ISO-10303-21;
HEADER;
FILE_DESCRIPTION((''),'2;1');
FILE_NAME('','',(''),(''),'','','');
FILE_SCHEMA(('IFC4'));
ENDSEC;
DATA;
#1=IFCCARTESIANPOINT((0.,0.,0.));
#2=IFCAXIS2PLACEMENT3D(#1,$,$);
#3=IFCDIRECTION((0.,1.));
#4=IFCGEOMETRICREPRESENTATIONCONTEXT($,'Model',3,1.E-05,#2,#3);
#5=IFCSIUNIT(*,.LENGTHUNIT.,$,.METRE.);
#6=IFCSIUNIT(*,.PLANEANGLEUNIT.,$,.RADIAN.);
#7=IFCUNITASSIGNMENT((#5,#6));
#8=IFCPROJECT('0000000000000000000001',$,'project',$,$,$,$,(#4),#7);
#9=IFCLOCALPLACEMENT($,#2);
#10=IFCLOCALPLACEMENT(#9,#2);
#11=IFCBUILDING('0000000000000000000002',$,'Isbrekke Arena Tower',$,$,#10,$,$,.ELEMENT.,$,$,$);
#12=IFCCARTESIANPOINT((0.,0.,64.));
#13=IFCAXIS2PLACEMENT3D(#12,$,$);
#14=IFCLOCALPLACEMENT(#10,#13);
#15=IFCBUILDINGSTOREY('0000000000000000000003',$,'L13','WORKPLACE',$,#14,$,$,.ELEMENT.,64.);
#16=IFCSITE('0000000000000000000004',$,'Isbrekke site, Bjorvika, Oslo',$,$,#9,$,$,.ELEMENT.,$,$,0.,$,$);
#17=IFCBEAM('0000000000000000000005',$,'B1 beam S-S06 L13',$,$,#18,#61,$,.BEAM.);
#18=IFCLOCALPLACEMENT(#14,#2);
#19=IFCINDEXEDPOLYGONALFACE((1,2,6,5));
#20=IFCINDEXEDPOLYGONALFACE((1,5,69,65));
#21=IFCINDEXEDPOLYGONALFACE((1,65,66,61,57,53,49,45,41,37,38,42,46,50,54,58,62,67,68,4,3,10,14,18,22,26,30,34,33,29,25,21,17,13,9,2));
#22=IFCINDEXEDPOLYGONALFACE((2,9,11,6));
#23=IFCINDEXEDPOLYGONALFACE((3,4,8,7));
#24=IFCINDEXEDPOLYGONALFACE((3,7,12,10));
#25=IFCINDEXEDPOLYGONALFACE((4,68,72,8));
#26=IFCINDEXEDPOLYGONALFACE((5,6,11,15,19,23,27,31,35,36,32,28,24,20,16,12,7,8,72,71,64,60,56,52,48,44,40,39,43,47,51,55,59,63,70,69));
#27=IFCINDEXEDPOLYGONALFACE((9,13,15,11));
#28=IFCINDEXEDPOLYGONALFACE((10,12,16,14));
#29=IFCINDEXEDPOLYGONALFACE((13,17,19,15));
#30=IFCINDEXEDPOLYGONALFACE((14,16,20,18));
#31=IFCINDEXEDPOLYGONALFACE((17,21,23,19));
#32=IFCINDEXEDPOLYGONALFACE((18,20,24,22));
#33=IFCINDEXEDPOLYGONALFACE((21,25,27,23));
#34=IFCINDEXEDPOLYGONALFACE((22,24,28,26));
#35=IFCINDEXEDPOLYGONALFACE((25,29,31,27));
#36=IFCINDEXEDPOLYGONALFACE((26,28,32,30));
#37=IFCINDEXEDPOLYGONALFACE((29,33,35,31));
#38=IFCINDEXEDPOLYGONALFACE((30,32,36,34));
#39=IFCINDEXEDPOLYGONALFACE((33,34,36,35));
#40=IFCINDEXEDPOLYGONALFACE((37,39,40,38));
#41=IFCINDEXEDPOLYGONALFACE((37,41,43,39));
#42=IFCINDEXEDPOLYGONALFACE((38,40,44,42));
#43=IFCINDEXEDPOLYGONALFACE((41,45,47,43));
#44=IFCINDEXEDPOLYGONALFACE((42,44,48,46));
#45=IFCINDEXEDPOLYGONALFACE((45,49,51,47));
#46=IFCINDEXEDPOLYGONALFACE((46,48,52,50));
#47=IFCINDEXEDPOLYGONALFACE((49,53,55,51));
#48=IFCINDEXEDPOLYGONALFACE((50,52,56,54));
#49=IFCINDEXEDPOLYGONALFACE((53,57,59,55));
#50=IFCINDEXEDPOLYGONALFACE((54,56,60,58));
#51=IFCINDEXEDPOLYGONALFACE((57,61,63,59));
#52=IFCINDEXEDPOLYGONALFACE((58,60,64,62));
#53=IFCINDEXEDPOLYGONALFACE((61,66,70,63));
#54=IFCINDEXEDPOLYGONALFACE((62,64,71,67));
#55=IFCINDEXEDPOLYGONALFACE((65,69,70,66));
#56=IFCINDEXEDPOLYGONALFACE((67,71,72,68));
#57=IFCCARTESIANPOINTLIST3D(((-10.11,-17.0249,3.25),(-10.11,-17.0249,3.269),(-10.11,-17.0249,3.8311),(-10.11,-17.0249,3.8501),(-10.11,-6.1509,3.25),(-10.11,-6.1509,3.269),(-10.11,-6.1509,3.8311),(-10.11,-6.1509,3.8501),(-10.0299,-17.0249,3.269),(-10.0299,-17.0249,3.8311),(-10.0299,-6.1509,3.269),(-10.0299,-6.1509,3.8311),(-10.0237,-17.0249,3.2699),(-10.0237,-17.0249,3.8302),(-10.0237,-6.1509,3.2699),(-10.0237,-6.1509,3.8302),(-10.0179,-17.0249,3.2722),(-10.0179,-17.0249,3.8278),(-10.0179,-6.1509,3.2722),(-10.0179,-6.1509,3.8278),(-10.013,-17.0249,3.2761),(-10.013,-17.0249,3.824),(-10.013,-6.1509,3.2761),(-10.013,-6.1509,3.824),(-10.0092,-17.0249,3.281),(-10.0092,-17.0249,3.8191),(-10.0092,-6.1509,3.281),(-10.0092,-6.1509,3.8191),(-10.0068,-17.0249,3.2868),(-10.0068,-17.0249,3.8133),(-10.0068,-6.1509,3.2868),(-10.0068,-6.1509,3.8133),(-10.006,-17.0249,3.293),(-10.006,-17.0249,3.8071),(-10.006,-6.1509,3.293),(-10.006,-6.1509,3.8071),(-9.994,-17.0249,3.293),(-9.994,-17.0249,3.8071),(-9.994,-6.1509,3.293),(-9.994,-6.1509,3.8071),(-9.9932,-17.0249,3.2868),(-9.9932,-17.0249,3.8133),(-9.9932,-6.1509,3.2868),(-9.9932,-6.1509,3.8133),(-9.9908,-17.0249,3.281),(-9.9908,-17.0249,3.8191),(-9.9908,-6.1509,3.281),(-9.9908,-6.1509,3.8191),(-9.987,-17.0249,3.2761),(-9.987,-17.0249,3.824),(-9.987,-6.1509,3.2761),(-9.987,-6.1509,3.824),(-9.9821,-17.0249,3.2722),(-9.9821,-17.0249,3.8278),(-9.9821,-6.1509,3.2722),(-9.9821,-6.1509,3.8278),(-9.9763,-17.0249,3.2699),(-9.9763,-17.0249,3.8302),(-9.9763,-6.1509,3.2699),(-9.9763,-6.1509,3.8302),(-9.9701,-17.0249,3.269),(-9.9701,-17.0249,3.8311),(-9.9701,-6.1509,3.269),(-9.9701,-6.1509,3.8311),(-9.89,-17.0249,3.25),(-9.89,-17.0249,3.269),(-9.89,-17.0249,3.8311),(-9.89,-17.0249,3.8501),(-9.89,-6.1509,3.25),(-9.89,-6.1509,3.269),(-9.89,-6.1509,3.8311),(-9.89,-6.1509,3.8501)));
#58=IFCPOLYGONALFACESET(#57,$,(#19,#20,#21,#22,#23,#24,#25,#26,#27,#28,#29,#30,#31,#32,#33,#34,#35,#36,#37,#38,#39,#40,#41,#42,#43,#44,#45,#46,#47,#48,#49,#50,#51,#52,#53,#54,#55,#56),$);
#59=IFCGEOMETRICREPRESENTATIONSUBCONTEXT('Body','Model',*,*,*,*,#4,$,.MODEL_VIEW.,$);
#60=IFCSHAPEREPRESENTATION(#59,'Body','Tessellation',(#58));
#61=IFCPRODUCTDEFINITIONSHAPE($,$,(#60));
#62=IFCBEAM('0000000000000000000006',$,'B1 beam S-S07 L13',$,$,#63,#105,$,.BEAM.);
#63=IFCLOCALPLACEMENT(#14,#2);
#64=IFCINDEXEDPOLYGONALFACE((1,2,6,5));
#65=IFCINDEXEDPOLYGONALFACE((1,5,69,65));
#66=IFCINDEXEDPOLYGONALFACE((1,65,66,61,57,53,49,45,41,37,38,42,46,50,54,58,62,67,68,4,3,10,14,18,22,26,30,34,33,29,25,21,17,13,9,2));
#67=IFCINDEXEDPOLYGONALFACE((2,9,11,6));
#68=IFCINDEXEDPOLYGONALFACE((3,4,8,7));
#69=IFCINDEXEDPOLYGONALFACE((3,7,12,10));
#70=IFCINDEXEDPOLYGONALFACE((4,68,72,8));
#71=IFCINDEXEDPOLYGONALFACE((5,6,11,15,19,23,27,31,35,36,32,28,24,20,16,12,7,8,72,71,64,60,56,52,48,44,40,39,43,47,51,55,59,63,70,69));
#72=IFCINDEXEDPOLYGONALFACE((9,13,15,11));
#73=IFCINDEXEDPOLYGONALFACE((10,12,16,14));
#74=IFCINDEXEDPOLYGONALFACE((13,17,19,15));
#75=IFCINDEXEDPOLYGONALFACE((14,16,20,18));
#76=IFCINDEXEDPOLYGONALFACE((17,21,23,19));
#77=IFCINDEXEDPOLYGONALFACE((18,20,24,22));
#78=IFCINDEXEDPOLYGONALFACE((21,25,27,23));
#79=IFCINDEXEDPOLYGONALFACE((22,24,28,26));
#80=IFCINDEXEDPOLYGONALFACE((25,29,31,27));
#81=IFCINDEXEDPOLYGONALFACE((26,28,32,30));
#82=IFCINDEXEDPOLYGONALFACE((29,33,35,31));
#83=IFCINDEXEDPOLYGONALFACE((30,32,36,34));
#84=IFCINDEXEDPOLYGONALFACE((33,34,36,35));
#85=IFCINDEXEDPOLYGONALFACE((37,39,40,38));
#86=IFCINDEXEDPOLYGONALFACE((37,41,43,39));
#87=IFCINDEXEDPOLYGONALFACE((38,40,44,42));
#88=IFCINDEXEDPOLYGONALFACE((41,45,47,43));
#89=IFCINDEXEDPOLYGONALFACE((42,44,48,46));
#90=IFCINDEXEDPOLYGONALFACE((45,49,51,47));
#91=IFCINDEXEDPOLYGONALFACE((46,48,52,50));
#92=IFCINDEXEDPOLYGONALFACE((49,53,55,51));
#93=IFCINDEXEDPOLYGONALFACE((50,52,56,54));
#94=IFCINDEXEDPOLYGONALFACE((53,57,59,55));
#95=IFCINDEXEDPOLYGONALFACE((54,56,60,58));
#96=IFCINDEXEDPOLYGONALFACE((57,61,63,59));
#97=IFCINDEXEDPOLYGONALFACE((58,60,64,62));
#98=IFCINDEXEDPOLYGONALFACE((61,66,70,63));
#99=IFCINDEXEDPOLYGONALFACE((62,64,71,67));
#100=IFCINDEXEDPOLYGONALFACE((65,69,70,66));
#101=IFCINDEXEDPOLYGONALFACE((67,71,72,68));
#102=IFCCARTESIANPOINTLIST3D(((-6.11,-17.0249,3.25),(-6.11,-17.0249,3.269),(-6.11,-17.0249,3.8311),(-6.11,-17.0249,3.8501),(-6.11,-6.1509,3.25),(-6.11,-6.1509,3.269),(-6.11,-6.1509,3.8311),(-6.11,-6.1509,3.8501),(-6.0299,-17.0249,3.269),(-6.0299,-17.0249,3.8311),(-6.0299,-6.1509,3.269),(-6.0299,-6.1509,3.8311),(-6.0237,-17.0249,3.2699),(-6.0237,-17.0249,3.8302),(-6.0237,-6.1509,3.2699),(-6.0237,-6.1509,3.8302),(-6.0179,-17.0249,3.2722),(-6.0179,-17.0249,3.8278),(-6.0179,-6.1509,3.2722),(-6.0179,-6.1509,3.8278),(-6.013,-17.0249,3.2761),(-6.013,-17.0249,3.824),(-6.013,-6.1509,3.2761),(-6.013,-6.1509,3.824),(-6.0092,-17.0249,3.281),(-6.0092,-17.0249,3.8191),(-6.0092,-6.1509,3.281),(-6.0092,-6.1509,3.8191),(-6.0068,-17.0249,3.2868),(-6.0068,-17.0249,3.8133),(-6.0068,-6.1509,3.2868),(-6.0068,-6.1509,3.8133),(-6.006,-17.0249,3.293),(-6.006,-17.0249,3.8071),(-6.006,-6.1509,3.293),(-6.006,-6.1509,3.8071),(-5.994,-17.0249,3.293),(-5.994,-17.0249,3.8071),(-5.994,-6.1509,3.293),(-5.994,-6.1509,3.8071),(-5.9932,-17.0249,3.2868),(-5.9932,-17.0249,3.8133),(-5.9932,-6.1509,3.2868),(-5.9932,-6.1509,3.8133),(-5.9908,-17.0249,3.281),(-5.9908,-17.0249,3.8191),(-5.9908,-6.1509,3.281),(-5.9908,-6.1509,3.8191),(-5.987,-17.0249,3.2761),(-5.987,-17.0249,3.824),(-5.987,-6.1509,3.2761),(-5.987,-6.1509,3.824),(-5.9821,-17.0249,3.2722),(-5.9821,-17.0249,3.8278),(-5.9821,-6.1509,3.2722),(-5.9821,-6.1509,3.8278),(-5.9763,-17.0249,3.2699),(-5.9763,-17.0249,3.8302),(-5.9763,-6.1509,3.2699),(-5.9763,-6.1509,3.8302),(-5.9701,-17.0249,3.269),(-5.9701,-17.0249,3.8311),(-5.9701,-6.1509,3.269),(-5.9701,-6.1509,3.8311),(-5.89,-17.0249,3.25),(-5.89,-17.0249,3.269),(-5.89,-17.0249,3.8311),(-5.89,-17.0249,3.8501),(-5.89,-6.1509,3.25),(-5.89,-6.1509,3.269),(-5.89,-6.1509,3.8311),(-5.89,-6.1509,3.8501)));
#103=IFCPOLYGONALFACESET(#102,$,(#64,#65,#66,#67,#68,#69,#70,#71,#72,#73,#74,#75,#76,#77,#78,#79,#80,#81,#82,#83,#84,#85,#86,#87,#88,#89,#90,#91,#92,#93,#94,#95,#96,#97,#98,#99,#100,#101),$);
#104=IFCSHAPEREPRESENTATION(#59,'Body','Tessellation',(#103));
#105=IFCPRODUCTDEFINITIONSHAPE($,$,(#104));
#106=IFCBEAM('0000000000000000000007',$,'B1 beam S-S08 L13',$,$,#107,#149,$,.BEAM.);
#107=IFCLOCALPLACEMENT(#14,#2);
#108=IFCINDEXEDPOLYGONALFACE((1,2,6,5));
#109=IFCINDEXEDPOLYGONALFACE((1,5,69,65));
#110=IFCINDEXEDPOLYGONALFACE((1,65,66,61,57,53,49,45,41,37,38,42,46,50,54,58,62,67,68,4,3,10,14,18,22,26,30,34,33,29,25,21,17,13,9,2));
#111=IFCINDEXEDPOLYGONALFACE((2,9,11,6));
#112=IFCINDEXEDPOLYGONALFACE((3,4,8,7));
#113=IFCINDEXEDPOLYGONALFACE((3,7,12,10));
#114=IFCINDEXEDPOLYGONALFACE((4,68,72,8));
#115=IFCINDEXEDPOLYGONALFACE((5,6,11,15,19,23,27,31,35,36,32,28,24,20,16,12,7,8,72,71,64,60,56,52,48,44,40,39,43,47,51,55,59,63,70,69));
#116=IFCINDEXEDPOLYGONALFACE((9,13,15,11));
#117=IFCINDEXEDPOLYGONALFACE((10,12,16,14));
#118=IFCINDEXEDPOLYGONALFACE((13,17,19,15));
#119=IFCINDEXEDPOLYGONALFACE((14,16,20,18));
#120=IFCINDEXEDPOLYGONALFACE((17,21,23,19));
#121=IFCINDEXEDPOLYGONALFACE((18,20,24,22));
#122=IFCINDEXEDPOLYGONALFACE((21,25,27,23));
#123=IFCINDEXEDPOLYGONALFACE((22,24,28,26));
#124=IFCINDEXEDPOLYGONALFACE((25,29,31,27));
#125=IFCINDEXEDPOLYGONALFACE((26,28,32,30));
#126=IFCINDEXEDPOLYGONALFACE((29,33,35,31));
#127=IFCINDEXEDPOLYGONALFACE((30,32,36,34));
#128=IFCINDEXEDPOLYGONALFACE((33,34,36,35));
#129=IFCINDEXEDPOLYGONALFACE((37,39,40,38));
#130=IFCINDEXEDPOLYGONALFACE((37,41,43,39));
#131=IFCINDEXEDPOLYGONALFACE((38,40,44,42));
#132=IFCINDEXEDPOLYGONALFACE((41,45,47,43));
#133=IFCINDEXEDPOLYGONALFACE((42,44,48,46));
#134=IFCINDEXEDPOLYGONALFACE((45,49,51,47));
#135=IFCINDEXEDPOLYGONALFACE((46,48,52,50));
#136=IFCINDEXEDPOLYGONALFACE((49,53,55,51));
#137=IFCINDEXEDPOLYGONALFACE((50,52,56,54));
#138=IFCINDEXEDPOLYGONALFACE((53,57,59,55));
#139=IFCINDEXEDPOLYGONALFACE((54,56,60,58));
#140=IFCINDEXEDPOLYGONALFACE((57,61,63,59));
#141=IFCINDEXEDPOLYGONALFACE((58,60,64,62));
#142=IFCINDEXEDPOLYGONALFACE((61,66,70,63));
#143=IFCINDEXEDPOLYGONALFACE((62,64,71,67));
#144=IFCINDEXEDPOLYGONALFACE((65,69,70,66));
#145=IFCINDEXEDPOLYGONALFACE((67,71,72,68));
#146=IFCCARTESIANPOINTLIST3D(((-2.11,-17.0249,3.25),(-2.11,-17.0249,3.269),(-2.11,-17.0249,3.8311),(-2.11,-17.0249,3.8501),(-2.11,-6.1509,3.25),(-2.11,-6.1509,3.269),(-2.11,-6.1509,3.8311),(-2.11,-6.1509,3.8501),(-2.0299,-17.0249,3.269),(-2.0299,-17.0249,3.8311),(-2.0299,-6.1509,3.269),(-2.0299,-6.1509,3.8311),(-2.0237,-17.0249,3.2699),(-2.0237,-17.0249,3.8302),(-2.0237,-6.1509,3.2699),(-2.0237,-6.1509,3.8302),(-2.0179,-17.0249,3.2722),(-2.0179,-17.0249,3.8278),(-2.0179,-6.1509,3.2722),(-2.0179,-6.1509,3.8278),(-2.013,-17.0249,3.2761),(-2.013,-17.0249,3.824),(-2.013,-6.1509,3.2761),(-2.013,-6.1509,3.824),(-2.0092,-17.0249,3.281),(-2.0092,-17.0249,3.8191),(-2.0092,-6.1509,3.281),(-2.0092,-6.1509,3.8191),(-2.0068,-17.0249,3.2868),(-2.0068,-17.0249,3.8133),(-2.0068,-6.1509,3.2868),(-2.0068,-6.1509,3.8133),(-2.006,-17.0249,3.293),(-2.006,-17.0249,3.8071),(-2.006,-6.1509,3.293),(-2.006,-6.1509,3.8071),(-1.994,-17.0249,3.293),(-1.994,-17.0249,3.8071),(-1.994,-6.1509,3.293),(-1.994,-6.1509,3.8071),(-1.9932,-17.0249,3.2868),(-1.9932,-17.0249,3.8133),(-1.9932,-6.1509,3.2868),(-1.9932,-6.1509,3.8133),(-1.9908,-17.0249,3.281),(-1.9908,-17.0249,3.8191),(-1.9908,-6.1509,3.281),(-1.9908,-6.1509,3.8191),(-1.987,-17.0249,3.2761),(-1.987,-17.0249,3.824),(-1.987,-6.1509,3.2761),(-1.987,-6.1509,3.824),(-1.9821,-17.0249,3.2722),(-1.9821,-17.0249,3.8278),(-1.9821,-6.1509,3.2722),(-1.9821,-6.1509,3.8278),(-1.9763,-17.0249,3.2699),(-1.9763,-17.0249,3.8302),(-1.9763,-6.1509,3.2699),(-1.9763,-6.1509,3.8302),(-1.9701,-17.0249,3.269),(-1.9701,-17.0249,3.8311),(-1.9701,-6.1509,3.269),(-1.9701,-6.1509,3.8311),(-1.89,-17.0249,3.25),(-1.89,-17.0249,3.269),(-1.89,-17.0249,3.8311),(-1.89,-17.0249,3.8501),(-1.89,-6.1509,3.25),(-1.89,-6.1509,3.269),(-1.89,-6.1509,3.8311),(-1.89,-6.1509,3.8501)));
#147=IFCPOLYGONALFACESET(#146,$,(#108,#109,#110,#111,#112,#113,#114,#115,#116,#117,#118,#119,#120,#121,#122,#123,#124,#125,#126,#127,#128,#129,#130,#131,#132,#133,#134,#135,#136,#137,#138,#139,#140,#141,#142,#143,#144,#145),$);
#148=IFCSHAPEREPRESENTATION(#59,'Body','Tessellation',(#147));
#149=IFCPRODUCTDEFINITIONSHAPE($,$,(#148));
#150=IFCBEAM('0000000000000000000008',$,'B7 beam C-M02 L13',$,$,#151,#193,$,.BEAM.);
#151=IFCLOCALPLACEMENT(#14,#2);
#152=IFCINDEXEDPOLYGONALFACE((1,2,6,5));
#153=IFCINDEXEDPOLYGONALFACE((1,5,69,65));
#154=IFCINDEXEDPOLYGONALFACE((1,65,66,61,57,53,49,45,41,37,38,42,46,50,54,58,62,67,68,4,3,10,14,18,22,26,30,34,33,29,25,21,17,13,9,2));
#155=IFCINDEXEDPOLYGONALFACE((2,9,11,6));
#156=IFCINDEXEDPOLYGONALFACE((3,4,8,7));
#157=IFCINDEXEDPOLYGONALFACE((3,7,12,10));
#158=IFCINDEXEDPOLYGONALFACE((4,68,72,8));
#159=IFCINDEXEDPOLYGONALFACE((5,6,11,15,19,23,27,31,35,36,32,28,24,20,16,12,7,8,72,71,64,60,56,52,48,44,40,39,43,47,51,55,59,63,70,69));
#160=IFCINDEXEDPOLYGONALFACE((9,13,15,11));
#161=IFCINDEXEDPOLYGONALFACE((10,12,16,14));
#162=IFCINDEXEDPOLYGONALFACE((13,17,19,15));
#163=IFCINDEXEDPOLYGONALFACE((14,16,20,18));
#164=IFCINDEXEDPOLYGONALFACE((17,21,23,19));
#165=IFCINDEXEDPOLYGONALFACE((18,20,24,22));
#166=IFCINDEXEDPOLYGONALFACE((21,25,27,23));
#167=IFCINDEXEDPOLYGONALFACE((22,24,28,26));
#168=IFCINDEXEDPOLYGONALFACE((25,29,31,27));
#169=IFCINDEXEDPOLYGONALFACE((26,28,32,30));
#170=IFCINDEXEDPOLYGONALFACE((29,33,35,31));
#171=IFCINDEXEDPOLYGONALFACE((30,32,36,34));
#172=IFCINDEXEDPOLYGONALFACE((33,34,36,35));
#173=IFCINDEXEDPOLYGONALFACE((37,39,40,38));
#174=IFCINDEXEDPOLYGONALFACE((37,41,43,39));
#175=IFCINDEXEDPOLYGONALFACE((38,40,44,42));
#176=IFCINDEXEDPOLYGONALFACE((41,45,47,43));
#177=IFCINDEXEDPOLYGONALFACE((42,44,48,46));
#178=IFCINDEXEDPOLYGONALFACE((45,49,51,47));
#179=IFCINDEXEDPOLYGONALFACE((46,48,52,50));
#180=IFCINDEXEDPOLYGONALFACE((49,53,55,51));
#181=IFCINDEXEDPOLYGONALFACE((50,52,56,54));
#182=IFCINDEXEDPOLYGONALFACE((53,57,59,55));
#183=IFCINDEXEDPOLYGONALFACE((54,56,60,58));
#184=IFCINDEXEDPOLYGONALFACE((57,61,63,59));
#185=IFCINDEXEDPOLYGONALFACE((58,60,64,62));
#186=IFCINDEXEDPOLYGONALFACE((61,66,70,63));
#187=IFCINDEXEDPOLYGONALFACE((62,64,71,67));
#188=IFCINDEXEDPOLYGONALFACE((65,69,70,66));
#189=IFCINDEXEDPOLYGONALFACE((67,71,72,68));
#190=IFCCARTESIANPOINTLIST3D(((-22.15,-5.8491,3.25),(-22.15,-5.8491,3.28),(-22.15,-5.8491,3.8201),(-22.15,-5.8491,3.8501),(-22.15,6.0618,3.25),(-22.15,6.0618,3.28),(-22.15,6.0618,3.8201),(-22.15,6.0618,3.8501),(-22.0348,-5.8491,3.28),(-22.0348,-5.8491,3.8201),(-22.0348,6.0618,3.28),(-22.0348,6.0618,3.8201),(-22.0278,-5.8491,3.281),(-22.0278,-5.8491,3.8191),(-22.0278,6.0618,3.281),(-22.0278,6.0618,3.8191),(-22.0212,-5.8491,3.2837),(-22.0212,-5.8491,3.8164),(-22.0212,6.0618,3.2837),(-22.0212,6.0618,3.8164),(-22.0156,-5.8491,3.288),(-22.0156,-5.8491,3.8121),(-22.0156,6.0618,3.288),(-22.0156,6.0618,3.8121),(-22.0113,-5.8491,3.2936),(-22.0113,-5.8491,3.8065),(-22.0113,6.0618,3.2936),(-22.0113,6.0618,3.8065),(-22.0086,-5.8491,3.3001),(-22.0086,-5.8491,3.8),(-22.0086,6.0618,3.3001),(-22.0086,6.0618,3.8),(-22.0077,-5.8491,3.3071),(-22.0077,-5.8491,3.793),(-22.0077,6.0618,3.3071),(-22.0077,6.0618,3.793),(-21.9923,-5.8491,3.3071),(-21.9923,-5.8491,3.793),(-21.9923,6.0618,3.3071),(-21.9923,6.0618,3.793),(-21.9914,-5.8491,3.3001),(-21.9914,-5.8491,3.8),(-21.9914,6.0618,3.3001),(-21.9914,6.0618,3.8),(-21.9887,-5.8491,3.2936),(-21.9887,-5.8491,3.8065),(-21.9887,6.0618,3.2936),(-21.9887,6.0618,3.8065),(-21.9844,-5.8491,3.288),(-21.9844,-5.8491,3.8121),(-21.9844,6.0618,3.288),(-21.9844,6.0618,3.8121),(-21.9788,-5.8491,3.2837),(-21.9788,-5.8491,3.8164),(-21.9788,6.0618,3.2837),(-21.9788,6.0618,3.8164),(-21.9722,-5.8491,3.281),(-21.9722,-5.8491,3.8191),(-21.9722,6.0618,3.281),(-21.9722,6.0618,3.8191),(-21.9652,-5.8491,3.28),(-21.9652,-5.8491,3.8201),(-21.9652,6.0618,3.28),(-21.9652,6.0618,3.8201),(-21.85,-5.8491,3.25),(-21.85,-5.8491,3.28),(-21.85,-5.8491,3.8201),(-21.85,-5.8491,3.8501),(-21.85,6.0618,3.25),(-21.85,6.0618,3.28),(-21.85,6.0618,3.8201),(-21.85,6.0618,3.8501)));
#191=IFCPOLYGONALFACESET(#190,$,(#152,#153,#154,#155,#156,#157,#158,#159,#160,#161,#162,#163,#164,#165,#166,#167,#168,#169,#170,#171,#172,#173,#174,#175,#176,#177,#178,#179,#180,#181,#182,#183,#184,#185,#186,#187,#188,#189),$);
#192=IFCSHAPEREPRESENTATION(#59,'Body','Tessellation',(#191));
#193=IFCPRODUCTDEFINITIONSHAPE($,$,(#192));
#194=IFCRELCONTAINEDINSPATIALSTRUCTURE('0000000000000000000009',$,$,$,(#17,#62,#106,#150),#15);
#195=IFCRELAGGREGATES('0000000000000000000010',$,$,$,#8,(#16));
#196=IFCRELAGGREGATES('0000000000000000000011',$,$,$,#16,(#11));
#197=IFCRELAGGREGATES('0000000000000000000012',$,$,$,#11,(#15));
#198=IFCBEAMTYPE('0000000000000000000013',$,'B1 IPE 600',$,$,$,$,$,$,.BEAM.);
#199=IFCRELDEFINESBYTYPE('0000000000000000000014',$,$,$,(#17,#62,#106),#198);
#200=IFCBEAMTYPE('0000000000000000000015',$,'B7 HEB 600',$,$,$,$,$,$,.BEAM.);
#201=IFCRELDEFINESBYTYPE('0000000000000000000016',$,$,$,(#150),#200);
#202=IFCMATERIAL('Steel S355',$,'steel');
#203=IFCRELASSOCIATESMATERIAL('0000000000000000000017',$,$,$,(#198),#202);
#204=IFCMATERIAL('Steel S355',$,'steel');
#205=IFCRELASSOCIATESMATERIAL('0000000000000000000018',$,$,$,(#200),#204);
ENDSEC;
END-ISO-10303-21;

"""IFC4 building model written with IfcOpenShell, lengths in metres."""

from ifc_helpers import new_model, si_unit, direction, frame, origin, origin_2d, place, context, subcontext, project, spatial, i_section, extrude, material, material_profile, profile_set, type_object, element, save


model = new_model("IFC4")

# Units and contexts
model_context = context("Model", 3, precision=1e-05, world=origin(), true_north=direction((0.0, 1.0)))
body_context = subcontext(model_context, "Body", "Model", "MODEL_VIEW")
ifc_project = project(units=[si_unit("LENGTHUNIT", "METRE"), si_unit("PLANEANGLEUNIT", "RADIAN")], contexts=[model_context])

# Site, building, storey
site_placement = place(None, origin())
site = spatial("IfcSite", under=ifc_project, at=site_placement, Name="Isbrekke site, Bjorvika, Oslo", CompositionType="ELEMENT", RefElevation=0.0)
building_placement = place(site_placement, origin())
building = spatial("IfcBuilding", under=site, at=building_placement, Name="Isbrekke Arena Tower", CompositionType="ELEMENT")
storey_placement = place(building_placement, frame((0.0, 0.0, 64.0)))
storey = spatial("IfcBuildingStorey", under=building, at=storey_placement, Name="L13", Description="WORKPLACE", CompositionType="ELEMENT", Elevation=64.0)

# Beams
ifc_material_1 = material(Name="Steel S355", Category="steel")
ifc_material_profile_1 = material_profile(ifc_material_1, i_section(OverallWidth=0.22, OverallDepth=0.6001, WebThickness=0.012, FlangeThickness=0.019, FilletRadius=0.0239, at=origin_2d()), Name="IPE 600")
ifc_profile_set_1 = profile_set([ifc_material_profile_1], Name="Steel S355")
beam_type_1 = type_object("IfcBeamType", Name="B1 IPE 600", PredefinedType="BEAM", material=ifc_profile_set_1)
for number, where, z_axis, x_axis, name in (
    (1, (-10.0, -17.0249, 3.55), (0.0, 1.0, 0.0), (-1.0, 0.0, 0.0), "B1 beam S-S06 L13"),
    (2, (-6.0, -17.0249, 3.55), (0.0, 1.0, 0.0), (-1.0, 0.0, 0.0), "B1 beam S-S07 L13"),
    (3, (-2.0, -17.0249, 3.55), (0.0, 1.0, 0.0), (-1.0, 0.0, 0.0), "B1 beam S-S08 L13"),
):
    element("IfcBeam", number, at=place(storey_placement, frame(where, z_axis=z_axis, x_axis=x_axis)), inside=storey, type_object=beam_type_1, Name=name, PredefinedType="BEAM", context=body_context, shape_type="SweptSolid", body=[
        extrude(i_section(OverallWidth=0.22, OverallDepth=0.6001, WebThickness=0.012, FlangeThickness=0.019, FilletRadius=0.0239, at=origin_2d()), origin(), (0.0, 0.0, 1.0), 10.874),
    ])
ifc_material_2 = material(Name="Steel S355", Category="steel")
ifc_material_profile_2 = material_profile(ifc_material_2, i_section(OverallWidth=0.3, OverallDepth=0.6001, WebThickness=0.0154, FlangeThickness=0.03, FilletRadius=0.0271, at=origin_2d()), Name="HEB 600")
ifc_profile_set_2 = profile_set([ifc_material_profile_2], Name="Steel S355")
beam_type_2 = type_object("IfcBeamType", Name="B7 HEB 600", PredefinedType="BEAM", material=ifc_profile_set_2)
beam_1_placement = place(storey_placement, frame((-22.0, -5.8491, 3.55), z_axis=(0.0, 1.0, 0.0), x_axis=(-1.0, 0.0, 0.0)))
element("IfcBeam", 4, at=beam_1_placement, inside=storey, type_object=beam_type_2, Name="B7 beam C-M02 L13", PredefinedType="BEAM", context=body_context, shape_type="SweptSolid", body=[
    extrude(i_section(OverallWidth=0.3, OverallDepth=0.6001, WebThickness=0.0154, FlangeThickness=0.03, FilletRadius=0.0271, at=origin_2d()), origin(), (0.0, 0.0, 1.0), 11.9109),
])

save(model, "model.ifc")
